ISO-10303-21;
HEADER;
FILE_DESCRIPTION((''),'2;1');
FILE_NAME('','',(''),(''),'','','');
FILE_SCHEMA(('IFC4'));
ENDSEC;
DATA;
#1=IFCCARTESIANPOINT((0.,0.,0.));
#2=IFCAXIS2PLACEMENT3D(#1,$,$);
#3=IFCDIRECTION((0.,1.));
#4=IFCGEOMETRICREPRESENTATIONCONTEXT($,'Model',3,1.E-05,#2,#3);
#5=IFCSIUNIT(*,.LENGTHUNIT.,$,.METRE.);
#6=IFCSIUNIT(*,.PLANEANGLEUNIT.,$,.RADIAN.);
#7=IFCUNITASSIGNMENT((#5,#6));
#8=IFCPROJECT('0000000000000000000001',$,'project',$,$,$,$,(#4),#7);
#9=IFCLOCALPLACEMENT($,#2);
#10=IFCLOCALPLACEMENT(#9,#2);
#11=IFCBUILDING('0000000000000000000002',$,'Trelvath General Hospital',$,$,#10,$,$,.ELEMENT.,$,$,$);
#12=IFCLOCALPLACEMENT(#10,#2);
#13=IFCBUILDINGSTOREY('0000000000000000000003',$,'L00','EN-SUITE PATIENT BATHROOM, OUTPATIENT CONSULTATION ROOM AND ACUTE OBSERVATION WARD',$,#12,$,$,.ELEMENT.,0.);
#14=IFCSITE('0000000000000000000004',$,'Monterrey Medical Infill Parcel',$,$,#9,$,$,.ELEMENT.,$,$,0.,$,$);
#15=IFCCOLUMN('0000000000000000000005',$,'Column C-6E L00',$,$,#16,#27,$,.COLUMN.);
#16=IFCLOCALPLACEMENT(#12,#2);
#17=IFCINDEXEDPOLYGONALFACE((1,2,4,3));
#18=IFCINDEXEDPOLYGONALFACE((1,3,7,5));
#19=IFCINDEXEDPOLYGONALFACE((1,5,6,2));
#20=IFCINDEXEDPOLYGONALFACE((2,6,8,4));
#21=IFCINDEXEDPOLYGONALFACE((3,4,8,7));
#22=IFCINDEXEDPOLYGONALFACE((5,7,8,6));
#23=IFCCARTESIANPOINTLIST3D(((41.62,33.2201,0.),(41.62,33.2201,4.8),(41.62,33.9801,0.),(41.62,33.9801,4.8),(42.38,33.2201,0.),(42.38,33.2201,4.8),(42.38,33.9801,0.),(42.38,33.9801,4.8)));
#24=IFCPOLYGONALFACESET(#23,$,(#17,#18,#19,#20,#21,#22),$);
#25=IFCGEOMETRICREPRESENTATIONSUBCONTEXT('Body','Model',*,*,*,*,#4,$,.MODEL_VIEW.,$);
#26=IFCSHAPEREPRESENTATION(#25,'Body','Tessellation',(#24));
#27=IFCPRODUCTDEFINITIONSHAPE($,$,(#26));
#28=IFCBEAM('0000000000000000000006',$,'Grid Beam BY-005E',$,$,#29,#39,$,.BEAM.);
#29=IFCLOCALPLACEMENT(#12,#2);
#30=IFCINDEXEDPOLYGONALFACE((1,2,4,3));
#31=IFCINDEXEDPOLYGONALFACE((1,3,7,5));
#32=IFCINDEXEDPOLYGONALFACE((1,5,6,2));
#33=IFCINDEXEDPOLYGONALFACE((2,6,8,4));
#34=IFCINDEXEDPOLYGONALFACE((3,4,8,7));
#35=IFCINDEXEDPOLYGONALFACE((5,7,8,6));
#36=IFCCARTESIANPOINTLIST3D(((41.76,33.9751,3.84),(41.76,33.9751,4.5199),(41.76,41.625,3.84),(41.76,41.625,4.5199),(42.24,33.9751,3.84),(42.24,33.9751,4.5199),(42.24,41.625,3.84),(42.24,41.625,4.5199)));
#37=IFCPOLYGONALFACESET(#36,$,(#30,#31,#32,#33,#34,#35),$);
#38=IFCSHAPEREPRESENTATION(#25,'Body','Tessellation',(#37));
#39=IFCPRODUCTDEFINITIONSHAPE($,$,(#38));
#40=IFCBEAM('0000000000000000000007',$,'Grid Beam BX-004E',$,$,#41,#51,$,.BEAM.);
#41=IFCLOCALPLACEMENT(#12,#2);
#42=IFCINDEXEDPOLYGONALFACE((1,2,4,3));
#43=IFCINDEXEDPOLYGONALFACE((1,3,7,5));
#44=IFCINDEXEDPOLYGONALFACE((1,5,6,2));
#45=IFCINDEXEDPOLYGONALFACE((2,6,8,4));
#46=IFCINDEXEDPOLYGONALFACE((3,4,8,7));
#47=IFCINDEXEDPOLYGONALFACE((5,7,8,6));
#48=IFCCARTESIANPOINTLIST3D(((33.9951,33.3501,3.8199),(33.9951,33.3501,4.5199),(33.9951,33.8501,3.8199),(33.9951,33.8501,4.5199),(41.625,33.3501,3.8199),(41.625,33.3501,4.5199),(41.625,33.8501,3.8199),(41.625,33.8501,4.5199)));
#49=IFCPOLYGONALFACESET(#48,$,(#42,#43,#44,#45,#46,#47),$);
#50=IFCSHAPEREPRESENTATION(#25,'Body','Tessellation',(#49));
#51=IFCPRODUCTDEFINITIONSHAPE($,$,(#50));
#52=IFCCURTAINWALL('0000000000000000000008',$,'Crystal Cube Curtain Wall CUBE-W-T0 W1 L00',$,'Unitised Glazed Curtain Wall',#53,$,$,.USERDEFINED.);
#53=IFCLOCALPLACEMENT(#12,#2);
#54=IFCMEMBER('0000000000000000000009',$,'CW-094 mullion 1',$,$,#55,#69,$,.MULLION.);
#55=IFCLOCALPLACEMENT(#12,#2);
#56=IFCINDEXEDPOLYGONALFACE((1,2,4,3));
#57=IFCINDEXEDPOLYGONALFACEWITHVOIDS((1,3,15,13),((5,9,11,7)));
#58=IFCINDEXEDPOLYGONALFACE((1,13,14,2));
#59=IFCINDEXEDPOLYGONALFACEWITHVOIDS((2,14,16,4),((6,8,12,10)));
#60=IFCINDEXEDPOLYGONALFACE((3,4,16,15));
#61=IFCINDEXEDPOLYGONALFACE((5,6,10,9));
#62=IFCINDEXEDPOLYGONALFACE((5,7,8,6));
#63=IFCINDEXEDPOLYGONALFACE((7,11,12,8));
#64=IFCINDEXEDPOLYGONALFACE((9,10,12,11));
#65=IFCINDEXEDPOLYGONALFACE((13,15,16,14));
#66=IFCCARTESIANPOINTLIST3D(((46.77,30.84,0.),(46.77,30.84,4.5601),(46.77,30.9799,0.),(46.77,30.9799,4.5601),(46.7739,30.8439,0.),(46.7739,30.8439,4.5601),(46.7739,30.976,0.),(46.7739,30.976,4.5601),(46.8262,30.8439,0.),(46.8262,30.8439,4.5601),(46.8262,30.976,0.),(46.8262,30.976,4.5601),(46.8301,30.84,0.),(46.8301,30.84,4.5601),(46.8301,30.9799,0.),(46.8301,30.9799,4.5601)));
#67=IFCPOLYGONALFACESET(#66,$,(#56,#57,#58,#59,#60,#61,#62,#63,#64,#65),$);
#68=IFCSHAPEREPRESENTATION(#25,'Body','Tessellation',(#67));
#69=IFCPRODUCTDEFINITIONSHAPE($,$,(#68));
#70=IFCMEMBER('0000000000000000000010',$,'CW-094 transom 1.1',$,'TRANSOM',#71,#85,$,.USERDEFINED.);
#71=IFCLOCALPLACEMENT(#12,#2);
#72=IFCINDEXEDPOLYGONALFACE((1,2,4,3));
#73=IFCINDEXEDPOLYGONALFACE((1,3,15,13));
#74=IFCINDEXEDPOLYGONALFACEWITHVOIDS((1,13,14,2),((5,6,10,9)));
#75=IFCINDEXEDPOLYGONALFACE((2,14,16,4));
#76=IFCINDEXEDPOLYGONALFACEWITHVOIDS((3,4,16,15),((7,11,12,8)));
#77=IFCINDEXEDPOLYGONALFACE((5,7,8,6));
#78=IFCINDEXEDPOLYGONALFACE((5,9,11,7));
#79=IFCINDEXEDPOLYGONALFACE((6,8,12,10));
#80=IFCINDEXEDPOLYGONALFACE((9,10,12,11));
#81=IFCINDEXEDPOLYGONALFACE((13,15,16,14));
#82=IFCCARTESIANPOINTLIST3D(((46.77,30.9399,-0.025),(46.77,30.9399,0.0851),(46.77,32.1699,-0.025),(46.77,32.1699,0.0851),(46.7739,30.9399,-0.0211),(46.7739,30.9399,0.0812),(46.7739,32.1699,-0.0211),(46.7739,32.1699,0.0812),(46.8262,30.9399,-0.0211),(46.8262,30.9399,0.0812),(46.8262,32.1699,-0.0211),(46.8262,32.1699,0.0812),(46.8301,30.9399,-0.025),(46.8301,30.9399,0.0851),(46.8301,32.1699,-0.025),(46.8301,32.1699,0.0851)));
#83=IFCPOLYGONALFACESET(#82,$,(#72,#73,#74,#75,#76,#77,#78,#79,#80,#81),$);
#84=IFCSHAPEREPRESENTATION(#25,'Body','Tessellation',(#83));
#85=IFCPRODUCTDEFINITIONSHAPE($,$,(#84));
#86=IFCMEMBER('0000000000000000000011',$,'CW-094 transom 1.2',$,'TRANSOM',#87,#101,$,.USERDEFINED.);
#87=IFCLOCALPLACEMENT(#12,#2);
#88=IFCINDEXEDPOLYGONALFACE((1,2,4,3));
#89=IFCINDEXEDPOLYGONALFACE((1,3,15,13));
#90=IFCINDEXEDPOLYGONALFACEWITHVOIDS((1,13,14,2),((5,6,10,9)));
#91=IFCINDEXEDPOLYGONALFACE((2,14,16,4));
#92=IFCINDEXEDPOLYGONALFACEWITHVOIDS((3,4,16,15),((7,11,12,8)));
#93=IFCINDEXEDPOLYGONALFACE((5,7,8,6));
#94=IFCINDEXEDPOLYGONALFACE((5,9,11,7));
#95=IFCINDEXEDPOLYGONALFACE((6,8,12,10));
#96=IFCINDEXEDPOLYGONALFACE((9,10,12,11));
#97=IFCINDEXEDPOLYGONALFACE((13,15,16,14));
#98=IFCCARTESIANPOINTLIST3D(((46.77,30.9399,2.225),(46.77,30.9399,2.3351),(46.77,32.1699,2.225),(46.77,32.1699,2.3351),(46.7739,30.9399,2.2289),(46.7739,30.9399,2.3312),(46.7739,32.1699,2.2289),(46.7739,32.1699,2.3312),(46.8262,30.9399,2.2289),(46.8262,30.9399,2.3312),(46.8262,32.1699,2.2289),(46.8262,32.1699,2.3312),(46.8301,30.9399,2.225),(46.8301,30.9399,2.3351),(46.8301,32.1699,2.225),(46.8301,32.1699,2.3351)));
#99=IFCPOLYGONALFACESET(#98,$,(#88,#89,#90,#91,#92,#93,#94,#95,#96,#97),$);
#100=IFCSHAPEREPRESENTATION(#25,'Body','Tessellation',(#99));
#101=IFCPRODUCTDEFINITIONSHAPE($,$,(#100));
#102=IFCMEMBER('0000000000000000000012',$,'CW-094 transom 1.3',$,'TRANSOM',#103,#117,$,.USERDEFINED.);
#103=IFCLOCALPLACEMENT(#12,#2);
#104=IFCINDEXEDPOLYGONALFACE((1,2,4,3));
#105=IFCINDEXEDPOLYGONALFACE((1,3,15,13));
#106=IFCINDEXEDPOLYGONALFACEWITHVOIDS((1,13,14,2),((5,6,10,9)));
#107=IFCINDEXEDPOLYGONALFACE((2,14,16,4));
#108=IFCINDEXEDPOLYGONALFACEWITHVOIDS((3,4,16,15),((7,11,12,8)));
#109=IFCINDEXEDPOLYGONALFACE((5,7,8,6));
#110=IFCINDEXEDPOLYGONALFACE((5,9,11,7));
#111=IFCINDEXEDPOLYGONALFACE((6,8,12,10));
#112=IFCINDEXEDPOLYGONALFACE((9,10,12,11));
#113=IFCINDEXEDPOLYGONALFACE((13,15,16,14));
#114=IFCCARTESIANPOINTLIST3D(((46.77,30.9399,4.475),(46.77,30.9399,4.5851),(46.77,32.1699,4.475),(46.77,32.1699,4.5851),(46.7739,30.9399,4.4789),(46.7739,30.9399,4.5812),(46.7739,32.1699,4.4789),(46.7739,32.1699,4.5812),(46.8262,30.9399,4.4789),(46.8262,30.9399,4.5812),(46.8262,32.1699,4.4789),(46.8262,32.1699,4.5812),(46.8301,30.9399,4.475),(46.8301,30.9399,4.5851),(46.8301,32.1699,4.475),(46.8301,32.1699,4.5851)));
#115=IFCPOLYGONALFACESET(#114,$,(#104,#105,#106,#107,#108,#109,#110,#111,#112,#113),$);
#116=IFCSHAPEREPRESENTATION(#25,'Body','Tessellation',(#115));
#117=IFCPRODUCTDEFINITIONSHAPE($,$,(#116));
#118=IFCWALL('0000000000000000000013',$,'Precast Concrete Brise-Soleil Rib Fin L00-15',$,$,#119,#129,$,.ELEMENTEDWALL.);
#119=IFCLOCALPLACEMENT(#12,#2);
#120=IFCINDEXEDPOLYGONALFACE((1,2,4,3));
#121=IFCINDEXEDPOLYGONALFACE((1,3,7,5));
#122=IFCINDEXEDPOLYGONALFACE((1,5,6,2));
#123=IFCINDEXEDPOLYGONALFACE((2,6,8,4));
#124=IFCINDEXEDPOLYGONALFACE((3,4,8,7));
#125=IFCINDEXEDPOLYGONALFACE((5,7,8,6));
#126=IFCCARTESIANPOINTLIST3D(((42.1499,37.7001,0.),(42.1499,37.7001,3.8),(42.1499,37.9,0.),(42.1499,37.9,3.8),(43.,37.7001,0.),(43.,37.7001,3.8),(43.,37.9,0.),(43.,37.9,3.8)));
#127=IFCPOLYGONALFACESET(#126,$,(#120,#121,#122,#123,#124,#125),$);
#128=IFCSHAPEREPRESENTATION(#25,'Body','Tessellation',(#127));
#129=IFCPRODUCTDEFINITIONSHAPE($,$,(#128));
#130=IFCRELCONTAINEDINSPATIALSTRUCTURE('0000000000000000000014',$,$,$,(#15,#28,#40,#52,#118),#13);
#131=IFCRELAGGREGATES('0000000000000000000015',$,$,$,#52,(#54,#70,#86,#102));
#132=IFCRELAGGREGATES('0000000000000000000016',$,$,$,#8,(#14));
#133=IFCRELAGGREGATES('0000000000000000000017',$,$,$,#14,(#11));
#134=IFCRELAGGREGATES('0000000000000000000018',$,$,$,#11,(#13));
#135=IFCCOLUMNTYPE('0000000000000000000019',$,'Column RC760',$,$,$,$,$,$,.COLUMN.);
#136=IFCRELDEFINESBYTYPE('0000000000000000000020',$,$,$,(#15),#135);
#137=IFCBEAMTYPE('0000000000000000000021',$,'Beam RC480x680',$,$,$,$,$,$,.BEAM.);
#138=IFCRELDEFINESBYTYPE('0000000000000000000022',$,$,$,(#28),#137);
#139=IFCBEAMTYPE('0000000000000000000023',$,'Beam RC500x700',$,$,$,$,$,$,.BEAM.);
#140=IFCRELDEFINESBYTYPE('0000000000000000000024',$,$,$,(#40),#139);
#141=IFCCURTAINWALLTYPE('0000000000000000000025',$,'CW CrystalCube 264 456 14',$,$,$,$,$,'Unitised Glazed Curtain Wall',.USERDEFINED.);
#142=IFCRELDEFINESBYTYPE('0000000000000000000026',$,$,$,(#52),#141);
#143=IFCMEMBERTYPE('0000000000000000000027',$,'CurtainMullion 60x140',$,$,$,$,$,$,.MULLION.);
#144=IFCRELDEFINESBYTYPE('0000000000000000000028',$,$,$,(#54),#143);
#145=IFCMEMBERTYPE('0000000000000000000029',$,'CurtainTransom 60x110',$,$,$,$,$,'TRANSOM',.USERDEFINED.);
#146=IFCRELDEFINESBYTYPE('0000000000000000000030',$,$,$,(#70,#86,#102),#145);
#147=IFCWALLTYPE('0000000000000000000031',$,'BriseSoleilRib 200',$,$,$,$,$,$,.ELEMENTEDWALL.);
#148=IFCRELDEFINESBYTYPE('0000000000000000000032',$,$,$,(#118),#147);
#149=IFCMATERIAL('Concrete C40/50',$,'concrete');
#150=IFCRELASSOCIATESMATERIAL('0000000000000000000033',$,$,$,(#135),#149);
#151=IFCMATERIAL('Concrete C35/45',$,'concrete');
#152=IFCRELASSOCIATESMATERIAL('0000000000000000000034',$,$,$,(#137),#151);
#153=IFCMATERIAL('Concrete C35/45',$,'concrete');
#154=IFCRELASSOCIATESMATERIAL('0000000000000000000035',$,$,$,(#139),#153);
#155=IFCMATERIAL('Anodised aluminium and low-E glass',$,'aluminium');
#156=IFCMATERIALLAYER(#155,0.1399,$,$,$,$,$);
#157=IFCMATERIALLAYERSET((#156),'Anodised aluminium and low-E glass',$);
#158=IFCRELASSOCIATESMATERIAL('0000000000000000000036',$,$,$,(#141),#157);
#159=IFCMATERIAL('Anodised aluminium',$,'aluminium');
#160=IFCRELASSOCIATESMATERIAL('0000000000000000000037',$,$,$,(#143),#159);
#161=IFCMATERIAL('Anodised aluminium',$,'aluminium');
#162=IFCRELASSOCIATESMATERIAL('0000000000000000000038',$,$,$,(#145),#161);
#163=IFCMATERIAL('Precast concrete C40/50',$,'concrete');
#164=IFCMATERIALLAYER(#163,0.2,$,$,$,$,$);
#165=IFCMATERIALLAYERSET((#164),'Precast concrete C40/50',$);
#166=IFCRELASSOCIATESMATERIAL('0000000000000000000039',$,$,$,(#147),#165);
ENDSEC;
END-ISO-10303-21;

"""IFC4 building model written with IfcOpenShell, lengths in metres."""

from ifc_helpers import new_model, si_unit, direction, frame, frame_2d, origin, origin_2d, place, context, subcontext, project, spatial, rectangle, hollow_rectangle, extrude, material, layer, layer_set, material_profile, profile_set, type_object, element, aggregate, save


model = new_model("IFC4")

# Units and contexts
model_context = context("Model", 3, precision=1e-05, world=origin(), true_north=direction((0.0, 1.0)))
body_context = subcontext(model_context, "Body", "Model", "MODEL_VIEW")
ifc_project = project(units=[si_unit("LENGTHUNIT", "METRE"), si_unit("PLANEANGLEUNIT", "RADIAN")], contexts=[model_context])

# Site, building, storey
site_placement = place(None, origin())
site = spatial("IfcSite", under=ifc_project, at=site_placement, Name="Monterrey Medical Infill Parcel", CompositionType="ELEMENT", RefElevation=0.0)
building_placement = place(site_placement, origin())
building = spatial("IfcBuilding", under=site, at=building_placement, Name="Trelvath General Hospital", CompositionType="ELEMENT")
storey_placement = place(building_placement, origin())
storey = spatial("IfcBuildingStorey", under=building, at=storey_placement, Name="L00", Description="EN-SUITE PATIENT BATHROOM, OUTPATIENT CONSULTATION ROOM AND ACUTE OBSERVATION WARD", CompositionType="ELEMENT", Elevation=0.0)

# Column
ifc_material_1 = material(Name="Concrete C40/50", Category="concrete")
ifc_material_profile_1 = material_profile(ifc_material_1, rectangle(XDim=0.76, YDim=0.76, at=origin_2d()), Name="RC760x760")
ifc_profile_set_1 = profile_set([ifc_material_profile_1], Name="Concrete C40/50")
column_type = type_object("IfcColumnType", Name="Column RC760", PredefinedType="COLUMN", material=ifc_profile_set_1)
column_placement = place(storey_placement, frame((42.0, 33.6001, 0.0), z_axis=(0.0, 0.0, 1.0), x_axis=(1.0, 0.0, 0.0)))
element("IfcColumn", 1, at=column_placement, inside=storey, type_object=column_type, Name="Column C-6E L00", PredefinedType="COLUMN", context=body_context, shape_type="SweptSolid", body=[
    extrude(rectangle(XDim=0.76, YDim=0.76, at=origin_2d()), origin(), (0.0, 0.0, 1.0), 4.8),
])

# Beams
ifc_material_2 = material(Name="Concrete C35/45", Category="concrete")
ifc_material_profile_2 = material_profile(ifc_material_2, rectangle(XDim=0.48, YDim=0.6799, at=origin_2d()), Name="RCB480x680")
ifc_profile_set_2 = profile_set([ifc_material_profile_2], Name="Concrete C35/45")
beam_type_1 = type_object("IfcBeamType", Name="Beam RC480x680", PredefinedType="BEAM", material=ifc_profile_set_2)
beam_1_placement = place(storey_placement, frame((42.0, 33.9751, 4.1799), z_axis=(0.0, 1.0, 0.0), x_axis=(-1.0, 0.0, 0.0)))
element("IfcBeam", 2, at=beam_1_placement, inside=storey, type_object=beam_type_1, Name="Grid Beam BY-005E", PredefinedType="BEAM", context=body_context, shape_type="SweptSolid", body=[
    extrude(rectangle(XDim=0.48, YDim=0.6799, at=origin_2d()), origin(), (0.0, 0.0, 1.0), 7.6499),
])
ifc_material_3 = material(Name="Concrete C35/45", Category="concrete")
ifc_material_profile_3 = material_profile(ifc_material_3, rectangle(XDim=0.5, YDim=0.7, at=origin_2d()), Name="RCB500x700")
ifc_profile_set_3 = profile_set([ifc_material_profile_3], Name="Concrete C35/45")
beam_type_2 = type_object("IfcBeamType", Name="Beam RC500x700", PredefinedType="BEAM", material=ifc_profile_set_3)
beam_2_placement = place(storey_placement, frame((33.9951, 33.6001, 4.1699), z_axis=(1.0, 0.0, 0.0), x_axis=(0.0, 1.0, 0.0)))
element("IfcBeam", 3, at=beam_2_placement, inside=storey, type_object=beam_type_2, Name="Grid Beam BX-004E", PredefinedType="BEAM", context=body_context, shape_type="SweptSolid", body=[
    extrude(rectangle(XDim=0.5, YDim=0.7, at=origin_2d()), origin(), (0.0, 0.0, 1.0), 7.6299),
])

# Curtain wall, members
ifc_material_4 = material(Name="Anodised aluminium and low-E glass", Category="aluminium")
ifc_layer_1 = layer(ifc_material_4, 0.1399)
ifc_layer_set_1 = layer_set([ifc_layer_1], Name="Anodised aluminium and low-E glass")
curtain_wall_type = type_object("IfcCurtainWallType", Name="CW CrystalCube 264 456 14", ElementType="Unitised Glazed Curtain Wall", PredefinedType="USERDEFINED", material=ifc_layer_set_1)
curtain_wall_placement = place(storey_placement, origin())
curtain_wall = element("IfcCurtainWall", 4, at=curtain_wall_placement, inside=storey, type_object=curtain_wall_type, Name="Crystal Cube Curtain Wall CUBE-W-T0 W1 L00", ObjectType="Unitised Glazed Curtain Wall", PredefinedType="USERDEFINED")
ifc_material_5 = material(Name="Anodised aluminium", Category="aluminium")
ifc_material_profile_4 = material_profile(ifc_material_5, hollow_rectangle(XDim=0.0601, YDim=0.1399, WallThickness=0.0039, at=origin_2d()), Name="RHS60x140x4")
ifc_profile_set_4 = profile_set([ifc_material_profile_4], Name="Anodised aluminium")
member_type_1 = type_object("IfcMemberType", Name="CurtainMullion 60x140", PredefinedType="MULLION", material=ifc_profile_set_4)
member_1_placement = place(storey_placement, frame((46.8, 30.9099, 0.0), z_axis=(0.0, 0.0, 1.0), x_axis=(-1.0, 0.0, 0.0)))
member_1 = element("IfcMember", 5, at=member_1_placement, type_object=member_type_1, Name="CW-094 mullion 1", PredefinedType="MULLION", context=body_context, shape_type="SweptSolid", body=[
    extrude(hollow_rectangle(XDim=0.0601, YDim=0.1399, WallThickness=0.0039, at=origin_2d()), origin(), (0.0, 0.0, 1.0), 4.5601),
])
ifc_material_6 = material(Name="Anodised aluminium", Category="aluminium")
ifc_material_profile_5 = material_profile(ifc_material_6, hollow_rectangle(XDim=0.0601, YDim=0.1101, WallThickness=0.0039, at=origin_2d()), Name="RHS60x110x4")
ifc_profile_set_5 = profile_set([ifc_material_profile_5], Name="Anodised aluminium")
member_type_2 = type_object("IfcMemberType", Name="CurtainTransom 60x110", ElementType="TRANSOM", PredefinedType="USERDEFINED", material=ifc_profile_set_5)
member_2_placement = place(storey_placement, frame((46.8, 30.9399, 0.03), z_axis=(0.0, 1.0, 0.0), x_axis=(-1.0, 0.0, 0.0)))
member_2 = element("IfcMember", 6, at=member_2_placement, type_object=member_type_2, Name="CW-094 transom 1.1", ObjectType="TRANSOM", PredefinedType="USERDEFINED", context=body_context, shape_type="SweptSolid", body=[
    extrude(hollow_rectangle(XDim=0.0601, YDim=0.1101, WallThickness=0.0039, at=origin_2d()), origin(), (0.0, 0.0, 1.0), 1.23),
])
member_3_placement = place(storey_placement, frame((46.8, 30.9399, 2.28), z_axis=(0.0, 1.0, 0.0), x_axis=(-1.0, 0.0, 0.0)))
member_3 = element("IfcMember", 7, at=member_3_placement, type_object=member_type_2, Name="CW-094 transom 1.2", ObjectType="TRANSOM", PredefinedType="USERDEFINED", context=body_context, shape_type="SweptSolid", body=[
    extrude(hollow_rectangle(XDim=0.0601, YDim=0.1101, WallThickness=0.0039, at=origin_2d()), origin(), (0.0, 0.0, 1.0), 1.23),
])
member_4_placement = place(storey_placement, frame((46.8, 30.9399, 4.53), z_axis=(0.0, 1.0, 0.0), x_axis=(-1.0, 0.0, 0.0)))
member_4 = element("IfcMember", 8, at=member_4_placement, type_object=member_type_2, Name="CW-094 transom 1.3", ObjectType="TRANSOM", PredefinedType="USERDEFINED", context=body_context, shape_type="SweptSolid", body=[
    extrude(hollow_rectangle(XDim=0.0601, YDim=0.1101, WallThickness=0.0039, at=origin_2d()), origin(), (0.0, 0.0, 1.0), 1.23),
])
aggregate(curtain_wall, [member_1, member_2, member_3, member_4])

# Wall
ifc_material_7 = material(Name="Precast concrete C40/50", Category="concrete")
ifc_layer_2 = layer(ifc_material_7, 0.2)
ifc_layer_set_2 = layer_set([ifc_layer_2], Name="Precast concrete C40/50")
wall_type_1 = type_object("IfcWallType", Name="BriseSoleilRib 200", PredefinedType="ELEMENTEDWALL", material=ifc_layer_set_2)
wall_1_placement = place(storey_placement, frame((42.1499, 37.8, 0.0), z_axis=(0.0, 0.0, 1.0), x_axis=(1.0, 0.0, 0.0)))
element("IfcWall", 9, at=wall_1_placement, inside=storey, type_object=wall_type_1, Name="Precast Concrete Brise-Soleil Rib Fin L00-15", PredefinedType="ELEMENTEDWALL", context=body_context, shape_type="SweptSolid", body=[
    extrude(rectangle(XDim=0.8501, YDim=0.2, at=frame_2d((0.425, 0.0))), origin(), (0.0, 0.0, 1.0), 3.8),
])

save(model, "model.ifc")
